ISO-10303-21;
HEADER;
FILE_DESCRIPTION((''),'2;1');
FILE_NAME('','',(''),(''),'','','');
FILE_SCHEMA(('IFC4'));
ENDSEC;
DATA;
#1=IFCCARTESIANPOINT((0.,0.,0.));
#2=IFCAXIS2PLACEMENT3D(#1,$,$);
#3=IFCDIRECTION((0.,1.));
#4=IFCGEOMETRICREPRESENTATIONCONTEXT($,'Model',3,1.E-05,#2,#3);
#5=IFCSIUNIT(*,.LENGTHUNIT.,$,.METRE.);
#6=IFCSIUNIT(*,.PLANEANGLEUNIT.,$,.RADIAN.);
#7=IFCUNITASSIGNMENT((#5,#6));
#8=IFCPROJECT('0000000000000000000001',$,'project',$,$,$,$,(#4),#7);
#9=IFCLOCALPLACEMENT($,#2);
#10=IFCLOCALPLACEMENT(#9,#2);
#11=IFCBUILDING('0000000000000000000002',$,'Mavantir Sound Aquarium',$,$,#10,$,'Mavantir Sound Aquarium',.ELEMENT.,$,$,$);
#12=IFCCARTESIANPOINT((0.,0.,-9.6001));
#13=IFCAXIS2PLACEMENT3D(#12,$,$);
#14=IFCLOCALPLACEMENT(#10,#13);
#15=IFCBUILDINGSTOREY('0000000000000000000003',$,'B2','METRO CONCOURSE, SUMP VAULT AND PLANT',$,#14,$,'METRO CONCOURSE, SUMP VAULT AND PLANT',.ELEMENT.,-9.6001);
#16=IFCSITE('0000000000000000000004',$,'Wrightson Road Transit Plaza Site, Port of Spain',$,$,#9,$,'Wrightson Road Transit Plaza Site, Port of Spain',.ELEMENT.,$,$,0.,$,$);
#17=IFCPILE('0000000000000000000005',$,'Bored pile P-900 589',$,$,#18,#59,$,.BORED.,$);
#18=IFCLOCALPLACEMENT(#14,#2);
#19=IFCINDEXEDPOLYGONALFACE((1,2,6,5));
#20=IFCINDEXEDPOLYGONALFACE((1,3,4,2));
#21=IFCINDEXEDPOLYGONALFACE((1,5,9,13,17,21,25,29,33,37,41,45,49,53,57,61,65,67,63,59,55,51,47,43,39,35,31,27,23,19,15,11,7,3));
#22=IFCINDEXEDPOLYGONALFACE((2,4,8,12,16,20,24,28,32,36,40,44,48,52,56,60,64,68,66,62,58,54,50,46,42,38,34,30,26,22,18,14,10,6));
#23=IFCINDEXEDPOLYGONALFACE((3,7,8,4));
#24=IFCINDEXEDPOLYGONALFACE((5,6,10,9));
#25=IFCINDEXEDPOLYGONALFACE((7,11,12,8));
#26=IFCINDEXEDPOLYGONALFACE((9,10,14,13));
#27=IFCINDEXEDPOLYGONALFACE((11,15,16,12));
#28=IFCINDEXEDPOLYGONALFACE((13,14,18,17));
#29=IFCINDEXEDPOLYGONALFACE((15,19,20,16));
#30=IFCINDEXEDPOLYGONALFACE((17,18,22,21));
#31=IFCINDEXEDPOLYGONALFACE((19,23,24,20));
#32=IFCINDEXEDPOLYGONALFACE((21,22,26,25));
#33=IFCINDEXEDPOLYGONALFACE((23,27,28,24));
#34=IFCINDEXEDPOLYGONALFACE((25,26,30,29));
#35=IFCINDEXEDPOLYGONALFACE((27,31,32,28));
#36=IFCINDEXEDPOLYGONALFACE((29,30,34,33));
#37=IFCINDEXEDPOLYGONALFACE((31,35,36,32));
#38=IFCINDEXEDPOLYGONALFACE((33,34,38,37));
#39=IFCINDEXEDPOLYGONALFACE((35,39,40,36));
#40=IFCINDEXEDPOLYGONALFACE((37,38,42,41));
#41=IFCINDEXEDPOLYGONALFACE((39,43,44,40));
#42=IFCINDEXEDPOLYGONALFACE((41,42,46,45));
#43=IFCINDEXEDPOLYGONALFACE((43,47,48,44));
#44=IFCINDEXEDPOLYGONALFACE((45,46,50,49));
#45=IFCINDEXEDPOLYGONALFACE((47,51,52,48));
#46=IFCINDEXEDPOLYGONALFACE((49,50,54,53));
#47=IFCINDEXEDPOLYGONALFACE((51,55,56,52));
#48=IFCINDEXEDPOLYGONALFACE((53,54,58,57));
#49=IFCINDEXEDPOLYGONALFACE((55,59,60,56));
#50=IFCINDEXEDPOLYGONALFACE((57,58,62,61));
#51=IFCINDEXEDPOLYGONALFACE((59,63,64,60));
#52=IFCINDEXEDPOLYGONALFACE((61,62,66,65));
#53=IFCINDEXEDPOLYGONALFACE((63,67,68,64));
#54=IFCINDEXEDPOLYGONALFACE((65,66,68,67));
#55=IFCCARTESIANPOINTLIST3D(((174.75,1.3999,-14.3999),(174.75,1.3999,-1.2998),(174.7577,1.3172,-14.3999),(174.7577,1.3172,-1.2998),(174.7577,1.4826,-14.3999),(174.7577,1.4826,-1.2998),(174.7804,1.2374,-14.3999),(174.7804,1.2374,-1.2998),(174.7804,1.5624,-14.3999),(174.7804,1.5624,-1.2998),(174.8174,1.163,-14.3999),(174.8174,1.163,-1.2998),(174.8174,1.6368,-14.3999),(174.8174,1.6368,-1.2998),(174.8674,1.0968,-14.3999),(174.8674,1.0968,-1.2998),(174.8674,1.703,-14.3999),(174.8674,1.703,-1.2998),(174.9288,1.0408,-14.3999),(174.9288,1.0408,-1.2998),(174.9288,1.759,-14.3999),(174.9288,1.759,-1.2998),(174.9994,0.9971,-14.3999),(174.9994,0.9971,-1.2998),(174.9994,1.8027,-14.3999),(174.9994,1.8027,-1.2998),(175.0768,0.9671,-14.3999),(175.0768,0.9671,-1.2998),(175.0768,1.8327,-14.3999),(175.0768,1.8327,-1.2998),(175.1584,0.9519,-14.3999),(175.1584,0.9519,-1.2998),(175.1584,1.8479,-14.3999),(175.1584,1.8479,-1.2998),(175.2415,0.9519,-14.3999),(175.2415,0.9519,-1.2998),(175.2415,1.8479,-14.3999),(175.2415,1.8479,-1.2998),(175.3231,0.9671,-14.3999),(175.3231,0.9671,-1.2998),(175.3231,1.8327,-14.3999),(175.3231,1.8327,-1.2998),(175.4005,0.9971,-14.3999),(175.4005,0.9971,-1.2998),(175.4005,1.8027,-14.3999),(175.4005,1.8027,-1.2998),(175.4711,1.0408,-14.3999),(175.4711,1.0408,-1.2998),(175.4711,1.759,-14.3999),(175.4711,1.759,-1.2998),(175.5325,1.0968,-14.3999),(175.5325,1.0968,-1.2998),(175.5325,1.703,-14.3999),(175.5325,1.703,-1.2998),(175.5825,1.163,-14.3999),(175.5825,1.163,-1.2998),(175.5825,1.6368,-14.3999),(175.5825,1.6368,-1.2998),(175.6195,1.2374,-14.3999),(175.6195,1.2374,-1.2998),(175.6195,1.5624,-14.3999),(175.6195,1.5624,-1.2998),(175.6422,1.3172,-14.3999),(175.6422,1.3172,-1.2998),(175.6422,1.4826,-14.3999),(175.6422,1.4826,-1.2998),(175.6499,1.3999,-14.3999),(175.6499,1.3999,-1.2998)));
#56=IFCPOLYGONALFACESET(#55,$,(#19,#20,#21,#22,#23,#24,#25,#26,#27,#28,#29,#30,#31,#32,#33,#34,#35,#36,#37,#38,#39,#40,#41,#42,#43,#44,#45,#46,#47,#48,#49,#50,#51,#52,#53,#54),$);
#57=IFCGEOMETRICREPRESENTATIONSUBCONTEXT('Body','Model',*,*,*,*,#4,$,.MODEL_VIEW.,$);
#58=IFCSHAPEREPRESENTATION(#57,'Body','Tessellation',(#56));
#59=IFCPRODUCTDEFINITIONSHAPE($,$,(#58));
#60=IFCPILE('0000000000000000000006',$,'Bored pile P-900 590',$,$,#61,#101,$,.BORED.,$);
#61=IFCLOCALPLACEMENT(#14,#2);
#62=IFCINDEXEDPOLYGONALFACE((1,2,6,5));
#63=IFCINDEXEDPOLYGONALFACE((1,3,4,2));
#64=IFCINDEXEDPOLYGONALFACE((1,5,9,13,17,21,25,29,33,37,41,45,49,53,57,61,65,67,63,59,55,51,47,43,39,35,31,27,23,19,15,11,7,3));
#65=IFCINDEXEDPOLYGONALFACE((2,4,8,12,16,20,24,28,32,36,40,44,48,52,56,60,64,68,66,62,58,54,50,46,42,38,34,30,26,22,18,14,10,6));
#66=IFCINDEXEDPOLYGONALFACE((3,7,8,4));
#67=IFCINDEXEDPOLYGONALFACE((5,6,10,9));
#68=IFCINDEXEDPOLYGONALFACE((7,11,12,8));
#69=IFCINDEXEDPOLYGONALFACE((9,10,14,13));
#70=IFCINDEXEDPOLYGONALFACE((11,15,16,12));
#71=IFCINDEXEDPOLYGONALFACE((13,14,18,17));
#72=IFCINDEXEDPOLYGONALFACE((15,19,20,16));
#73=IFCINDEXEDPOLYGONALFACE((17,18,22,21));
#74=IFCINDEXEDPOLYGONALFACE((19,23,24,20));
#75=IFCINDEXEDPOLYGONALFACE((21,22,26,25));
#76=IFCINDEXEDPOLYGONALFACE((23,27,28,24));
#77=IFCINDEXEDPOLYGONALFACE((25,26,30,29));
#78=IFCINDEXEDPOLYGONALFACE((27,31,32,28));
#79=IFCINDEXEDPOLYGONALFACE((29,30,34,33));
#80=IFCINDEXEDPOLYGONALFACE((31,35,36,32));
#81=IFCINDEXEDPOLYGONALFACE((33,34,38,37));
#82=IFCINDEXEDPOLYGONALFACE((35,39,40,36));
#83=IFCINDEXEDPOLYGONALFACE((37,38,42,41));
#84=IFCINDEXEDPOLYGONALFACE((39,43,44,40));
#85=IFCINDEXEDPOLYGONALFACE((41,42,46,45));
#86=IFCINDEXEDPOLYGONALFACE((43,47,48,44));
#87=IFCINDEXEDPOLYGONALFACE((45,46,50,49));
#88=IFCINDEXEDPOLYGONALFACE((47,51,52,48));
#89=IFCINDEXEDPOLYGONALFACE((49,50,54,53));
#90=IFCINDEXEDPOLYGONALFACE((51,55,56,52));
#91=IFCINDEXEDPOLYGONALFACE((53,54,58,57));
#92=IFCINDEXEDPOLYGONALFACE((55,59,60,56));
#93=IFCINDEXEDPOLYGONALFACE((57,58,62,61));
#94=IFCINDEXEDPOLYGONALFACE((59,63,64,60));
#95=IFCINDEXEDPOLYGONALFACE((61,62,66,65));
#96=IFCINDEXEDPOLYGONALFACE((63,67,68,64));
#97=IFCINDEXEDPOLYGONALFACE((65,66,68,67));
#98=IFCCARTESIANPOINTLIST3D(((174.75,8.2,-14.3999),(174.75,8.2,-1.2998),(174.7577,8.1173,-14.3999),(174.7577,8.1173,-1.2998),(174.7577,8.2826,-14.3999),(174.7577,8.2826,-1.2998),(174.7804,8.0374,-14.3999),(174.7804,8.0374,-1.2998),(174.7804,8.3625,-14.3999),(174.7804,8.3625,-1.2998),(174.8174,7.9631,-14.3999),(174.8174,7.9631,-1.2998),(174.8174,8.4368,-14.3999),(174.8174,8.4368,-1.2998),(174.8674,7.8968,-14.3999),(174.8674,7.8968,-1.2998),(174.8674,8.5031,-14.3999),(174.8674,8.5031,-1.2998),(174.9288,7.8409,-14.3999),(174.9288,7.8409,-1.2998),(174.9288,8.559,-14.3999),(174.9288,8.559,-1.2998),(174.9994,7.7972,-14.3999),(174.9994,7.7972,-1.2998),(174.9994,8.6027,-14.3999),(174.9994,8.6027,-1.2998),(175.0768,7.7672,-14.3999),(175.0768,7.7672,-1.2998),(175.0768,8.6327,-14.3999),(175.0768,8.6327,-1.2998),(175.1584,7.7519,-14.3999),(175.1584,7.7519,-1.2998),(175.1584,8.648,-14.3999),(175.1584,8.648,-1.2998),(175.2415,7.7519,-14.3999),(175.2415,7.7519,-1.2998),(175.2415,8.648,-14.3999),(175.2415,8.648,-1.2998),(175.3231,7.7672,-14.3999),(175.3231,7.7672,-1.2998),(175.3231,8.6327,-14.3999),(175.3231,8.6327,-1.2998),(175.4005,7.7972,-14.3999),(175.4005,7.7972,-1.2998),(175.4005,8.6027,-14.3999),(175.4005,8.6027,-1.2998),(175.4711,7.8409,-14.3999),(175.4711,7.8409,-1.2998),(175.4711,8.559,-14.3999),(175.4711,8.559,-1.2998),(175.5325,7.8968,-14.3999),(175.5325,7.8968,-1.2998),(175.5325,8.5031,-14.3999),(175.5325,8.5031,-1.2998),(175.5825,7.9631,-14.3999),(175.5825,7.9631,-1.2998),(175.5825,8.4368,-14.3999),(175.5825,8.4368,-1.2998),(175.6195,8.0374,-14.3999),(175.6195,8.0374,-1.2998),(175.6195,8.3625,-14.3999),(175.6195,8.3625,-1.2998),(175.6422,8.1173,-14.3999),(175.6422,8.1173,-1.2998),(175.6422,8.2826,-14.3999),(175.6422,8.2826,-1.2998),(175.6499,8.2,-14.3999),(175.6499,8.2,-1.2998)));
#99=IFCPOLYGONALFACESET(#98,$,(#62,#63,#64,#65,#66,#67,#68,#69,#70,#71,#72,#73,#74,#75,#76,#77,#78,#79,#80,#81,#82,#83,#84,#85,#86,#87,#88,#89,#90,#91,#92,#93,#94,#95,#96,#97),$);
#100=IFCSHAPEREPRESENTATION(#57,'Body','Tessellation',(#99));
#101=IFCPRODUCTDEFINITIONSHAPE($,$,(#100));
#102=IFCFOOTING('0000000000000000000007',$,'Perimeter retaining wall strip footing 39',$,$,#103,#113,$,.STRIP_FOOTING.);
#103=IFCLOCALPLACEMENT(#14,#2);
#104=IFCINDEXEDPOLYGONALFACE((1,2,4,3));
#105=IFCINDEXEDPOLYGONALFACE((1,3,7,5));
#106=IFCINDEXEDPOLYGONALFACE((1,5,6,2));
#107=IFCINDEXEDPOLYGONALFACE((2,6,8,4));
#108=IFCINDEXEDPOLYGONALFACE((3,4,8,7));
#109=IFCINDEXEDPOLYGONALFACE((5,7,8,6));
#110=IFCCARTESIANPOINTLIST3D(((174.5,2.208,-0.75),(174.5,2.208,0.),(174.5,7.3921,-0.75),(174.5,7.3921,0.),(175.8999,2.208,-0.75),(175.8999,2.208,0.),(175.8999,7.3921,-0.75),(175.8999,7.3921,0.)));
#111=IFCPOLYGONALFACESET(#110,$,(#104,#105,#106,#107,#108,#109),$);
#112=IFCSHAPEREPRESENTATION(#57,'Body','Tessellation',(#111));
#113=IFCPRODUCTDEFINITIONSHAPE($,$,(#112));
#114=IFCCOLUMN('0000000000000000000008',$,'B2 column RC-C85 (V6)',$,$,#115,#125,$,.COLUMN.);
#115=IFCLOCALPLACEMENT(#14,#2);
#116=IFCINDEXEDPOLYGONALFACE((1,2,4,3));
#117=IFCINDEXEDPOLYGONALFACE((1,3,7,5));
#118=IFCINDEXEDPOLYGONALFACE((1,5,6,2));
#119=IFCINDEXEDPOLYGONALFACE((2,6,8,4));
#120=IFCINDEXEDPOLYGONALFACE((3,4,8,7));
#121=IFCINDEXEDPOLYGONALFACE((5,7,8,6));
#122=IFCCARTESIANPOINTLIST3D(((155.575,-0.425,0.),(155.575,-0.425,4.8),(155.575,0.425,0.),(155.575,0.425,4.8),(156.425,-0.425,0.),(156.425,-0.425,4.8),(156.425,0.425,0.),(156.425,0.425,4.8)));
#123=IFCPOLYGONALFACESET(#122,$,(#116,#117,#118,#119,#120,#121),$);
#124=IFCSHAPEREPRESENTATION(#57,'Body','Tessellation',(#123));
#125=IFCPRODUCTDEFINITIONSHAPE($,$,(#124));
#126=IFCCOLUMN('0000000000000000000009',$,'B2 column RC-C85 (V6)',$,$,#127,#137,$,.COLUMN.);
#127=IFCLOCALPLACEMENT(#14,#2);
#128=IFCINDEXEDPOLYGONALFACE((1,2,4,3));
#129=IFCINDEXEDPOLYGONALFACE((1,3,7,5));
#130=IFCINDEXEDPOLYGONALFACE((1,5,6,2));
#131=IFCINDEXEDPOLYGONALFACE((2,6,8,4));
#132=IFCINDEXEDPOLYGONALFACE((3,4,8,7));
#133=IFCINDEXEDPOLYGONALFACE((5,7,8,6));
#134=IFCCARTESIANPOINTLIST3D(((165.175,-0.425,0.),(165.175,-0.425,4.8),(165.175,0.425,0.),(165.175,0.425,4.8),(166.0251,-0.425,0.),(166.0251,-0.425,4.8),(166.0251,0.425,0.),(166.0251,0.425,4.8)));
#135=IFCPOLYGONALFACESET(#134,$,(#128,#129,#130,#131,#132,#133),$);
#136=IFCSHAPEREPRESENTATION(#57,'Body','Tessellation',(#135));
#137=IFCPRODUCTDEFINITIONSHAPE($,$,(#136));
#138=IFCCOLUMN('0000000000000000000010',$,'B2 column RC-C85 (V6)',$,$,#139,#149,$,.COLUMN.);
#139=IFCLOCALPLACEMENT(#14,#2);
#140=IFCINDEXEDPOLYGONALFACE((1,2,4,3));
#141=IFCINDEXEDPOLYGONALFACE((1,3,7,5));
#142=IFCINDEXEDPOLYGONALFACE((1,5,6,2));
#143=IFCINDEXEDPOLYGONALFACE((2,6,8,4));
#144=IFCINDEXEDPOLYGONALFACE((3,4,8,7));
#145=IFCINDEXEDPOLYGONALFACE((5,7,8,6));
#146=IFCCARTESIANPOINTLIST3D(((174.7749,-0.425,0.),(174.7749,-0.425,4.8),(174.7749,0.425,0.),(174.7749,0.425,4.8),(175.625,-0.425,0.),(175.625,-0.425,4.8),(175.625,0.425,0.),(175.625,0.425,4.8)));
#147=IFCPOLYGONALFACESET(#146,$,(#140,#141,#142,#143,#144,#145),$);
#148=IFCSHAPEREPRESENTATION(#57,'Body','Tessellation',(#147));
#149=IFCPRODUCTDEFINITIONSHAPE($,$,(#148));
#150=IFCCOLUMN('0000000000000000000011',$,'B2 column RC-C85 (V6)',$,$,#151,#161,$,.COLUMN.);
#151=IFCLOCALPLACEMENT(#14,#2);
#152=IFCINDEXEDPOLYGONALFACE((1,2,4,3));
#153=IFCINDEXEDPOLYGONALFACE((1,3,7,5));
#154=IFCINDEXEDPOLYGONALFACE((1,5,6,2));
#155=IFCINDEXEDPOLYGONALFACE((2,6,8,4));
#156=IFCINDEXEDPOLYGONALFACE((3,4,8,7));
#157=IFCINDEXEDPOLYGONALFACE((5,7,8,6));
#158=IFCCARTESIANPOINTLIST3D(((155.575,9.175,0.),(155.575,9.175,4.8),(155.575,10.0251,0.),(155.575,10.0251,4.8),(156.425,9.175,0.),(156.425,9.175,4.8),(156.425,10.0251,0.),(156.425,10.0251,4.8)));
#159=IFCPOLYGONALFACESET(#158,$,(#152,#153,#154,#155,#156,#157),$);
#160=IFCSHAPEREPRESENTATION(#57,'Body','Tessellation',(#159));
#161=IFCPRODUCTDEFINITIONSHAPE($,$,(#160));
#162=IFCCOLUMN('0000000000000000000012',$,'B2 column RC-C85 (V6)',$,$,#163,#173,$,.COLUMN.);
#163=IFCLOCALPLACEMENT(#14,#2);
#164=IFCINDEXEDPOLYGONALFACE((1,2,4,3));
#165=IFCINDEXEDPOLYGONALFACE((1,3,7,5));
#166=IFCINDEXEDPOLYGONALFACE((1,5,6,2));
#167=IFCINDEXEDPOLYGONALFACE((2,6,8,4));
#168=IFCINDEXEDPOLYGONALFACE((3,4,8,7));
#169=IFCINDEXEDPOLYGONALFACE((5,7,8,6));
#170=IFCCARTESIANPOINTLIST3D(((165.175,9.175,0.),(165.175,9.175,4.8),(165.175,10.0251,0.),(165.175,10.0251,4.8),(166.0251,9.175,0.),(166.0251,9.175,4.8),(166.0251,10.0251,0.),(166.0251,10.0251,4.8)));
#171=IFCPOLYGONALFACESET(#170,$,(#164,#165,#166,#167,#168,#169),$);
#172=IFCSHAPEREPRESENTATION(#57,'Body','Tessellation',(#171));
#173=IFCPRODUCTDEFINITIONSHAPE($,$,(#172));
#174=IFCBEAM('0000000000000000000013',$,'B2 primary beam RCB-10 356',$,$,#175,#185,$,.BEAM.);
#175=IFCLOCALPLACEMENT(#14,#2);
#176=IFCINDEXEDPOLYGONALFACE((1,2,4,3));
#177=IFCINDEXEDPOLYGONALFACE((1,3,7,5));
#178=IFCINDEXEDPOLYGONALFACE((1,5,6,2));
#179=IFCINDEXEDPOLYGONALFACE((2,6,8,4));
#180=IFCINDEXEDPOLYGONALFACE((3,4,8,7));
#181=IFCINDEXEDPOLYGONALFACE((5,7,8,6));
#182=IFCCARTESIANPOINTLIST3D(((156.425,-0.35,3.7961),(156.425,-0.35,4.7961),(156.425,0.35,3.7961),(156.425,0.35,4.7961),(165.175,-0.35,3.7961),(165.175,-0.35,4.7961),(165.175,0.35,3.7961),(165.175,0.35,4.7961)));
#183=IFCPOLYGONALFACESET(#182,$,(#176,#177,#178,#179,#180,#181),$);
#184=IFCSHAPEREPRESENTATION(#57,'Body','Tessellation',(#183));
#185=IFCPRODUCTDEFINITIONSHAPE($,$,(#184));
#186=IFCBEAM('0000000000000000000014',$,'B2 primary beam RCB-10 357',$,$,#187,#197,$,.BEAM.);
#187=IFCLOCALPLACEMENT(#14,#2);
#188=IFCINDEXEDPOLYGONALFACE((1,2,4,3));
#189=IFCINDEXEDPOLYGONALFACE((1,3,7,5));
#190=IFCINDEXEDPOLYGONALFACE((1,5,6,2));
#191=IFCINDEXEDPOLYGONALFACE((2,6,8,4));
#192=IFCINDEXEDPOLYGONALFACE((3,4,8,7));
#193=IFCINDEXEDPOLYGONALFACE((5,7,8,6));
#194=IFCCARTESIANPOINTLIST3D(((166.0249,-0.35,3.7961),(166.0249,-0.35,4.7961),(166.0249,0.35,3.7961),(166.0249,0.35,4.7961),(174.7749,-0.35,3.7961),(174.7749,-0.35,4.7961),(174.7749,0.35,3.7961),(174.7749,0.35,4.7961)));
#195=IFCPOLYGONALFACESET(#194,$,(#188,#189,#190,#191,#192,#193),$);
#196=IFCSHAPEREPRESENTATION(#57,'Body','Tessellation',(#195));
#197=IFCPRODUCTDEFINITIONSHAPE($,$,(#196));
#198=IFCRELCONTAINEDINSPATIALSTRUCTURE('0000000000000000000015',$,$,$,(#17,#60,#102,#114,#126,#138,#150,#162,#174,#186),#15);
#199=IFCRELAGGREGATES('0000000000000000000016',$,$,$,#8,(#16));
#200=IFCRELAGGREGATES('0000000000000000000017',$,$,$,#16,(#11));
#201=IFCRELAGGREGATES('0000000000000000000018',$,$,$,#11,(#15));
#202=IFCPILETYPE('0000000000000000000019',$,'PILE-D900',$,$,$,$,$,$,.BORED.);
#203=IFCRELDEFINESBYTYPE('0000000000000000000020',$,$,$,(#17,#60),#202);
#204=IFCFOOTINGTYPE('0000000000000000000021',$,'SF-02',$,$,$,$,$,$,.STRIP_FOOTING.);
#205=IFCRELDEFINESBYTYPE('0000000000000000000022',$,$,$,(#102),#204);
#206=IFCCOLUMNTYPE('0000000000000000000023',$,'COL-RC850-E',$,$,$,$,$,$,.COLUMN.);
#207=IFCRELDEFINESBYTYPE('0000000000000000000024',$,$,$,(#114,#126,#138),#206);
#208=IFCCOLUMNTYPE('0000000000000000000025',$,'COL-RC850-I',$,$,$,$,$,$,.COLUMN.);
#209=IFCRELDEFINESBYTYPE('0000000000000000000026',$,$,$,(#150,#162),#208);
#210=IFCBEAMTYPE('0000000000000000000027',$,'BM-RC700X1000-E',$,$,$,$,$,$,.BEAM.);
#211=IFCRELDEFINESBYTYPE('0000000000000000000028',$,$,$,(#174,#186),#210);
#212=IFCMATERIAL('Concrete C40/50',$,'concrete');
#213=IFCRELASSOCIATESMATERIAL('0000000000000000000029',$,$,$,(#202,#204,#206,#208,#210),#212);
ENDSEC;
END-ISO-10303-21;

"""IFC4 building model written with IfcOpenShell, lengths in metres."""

from ifc_helpers import new_model, si_unit, direction, frame, origin, origin_2d, place, context, subcontext, project, spatial, rectangle, circle, extrude, material, material_profile, profile_set, type_object, element, save


model = new_model("IFC4")

# Units and contexts
model_context = context("Model", 3, precision=1e-05, world=origin(), true_north=direction((0.0, 1.0)))
body_context = subcontext(model_context, "Body", "Model", "MODEL_VIEW")
ifc_project = project(units=[si_unit("LENGTHUNIT", "METRE"), si_unit("PLANEANGLEUNIT", "RADIAN")], contexts=[model_context])

# Site, building, storey
site_placement = place(None, origin())
site = spatial("IfcSite", under=ifc_project, at=site_placement, Name="Wrightson Road Transit Plaza Site, Port of Spain", LongName="Wrightson Road Transit Plaza Site, Port of Spain", CompositionType="ELEMENT", RefElevation=0.0)
building_placement = place(site_placement, origin())
building = spatial("IfcBuilding", under=site, at=building_placement, Name="Mavantir Sound Aquarium", LongName="Mavantir Sound Aquarium", CompositionType="ELEMENT")
storey_placement = place(building_placement, frame((0.0, 0.0, -9.6001)))
storey = spatial("IfcBuildingStorey", under=building, at=storey_placement, Name="B2", Description="METRO CONCOURSE, SUMP VAULT AND PLANT", LongName="METRO CONCOURSE, SUMP VAULT AND PLANT", CompositionType="ELEMENT", Elevation=-9.6001)

# Shared definitions
ifc_material_1 = material(Name="Concrete C40/50", Category="concrete")

# Piles
ifc_material_profile_1 = material_profile(ifc_material_1, circle(Radius=0.45, at=origin_2d()), Name="PILE D900")
ifc_profile_set_1 = profile_set([ifc_material_profile_1], Name="Concrete C40/50")
pile_type = type_object("IfcPileType", Name="PILE-D900", PredefinedType="BORED", material=ifc_profile_set_1)
for number, where, z_axis, x_axis, name in (
    (1, (175.2, 1.3999, -1.2998), (0.0, 0.0, -1.0), (1.0, 0.0, 0.0), "Bored pile P-900 589"),
    (2, (175.2, 8.2, -1.2998), (0.0, 0.0, -1.0), (1.0, 0.0, 0.0), "Bored pile P-900 590"),
):
    element("IfcPile", number, at=place(storey_placement, frame(where, z_axis=z_axis, x_axis=x_axis)), inside=storey, type_object=pile_type, Name=name, PredefinedType="BORED", context=body_context, shape_type="SweptSolid", body=[
        extrude(circle(Radius=0.45, at=origin_2d()), origin(), (0.0, 0.0, 1.0), 13.1001),
    ])

# Footing
ifc_material_profile_2 = material_profile(ifc_material_1, rectangle(XDim=1.3999, YDim=0.75, at=origin_2d()), Name="RC 1400X750")
ifc_profile_set_2 = profile_set([ifc_material_profile_2], Name="Concrete C40/50")
footing_type_1 = type_object("IfcFootingType", Name="SF-02", PredefinedType="STRIP_FOOTING", material=ifc_profile_set_2)
footing_1_placement = place(storey_placement, frame((175.2, 7.3921, -0.375), z_axis=(0.0, -1.0, 0.0), x_axis=(1.0, 0.0, 0.0)))
element("IfcFooting", 3, at=footing_1_placement, inside=storey, type_object=footing_type_1, Name="Perimeter retaining wall strip footing 39", PredefinedType="STRIP_FOOTING", context=body_context, shape_type="SweptSolid", body=[
    extrude(rectangle(XDim=1.3999, YDim=0.75, at=origin_2d()), origin(), (0.0, 0.0, 1.0), 5.1841),
])

# Columns
ifc_material_profile_3 = material_profile(ifc_material_1, rectangle(XDim=0.8501, YDim=0.8501, at=origin_2d()), Name="RC 850X850")
ifc_profile_set_3 = profile_set([ifc_material_profile_3], Name="Concrete C40/50")
column_type_1 = type_object("IfcColumnType", Name="COL-RC850-E", PredefinedType="COLUMN", material=ifc_profile_set_3)
for number, where, z_axis, x_axis, name in (
    (4, (156.0, 0.0, 0.0), (0.0, 0.0, 1.0), (1.0, 0.0, 0.0), "B2 column RC-C85 (V6)"),
    (5, (165.6001, 0.0, 0.0), (0.0, 0.0, 1.0), (1.0, 0.0, 0.0), "B2 column RC-C85 (V6)"),
    (6, (175.2, 0.0, 0.0), (0.0, 0.0, 1.0), (1.0, 0.0, 0.0), "B2 column RC-C85 (V6)"),
):
    element("IfcColumn", number, at=place(storey_placement, frame(where, z_axis=z_axis, x_axis=x_axis)), inside=storey, type_object=column_type_1, Name=name, PredefinedType="COLUMN", context=body_context, shape_type="SweptSolid", body=[
        extrude(rectangle(XDim=0.8501, YDim=0.8501, at=origin_2d()), origin(), (0.0, 0.0, 1.0), 4.8),
    ])
ifc_material_profile_4 = material_profile(ifc_material_1, rectangle(XDim=0.8501, YDim=0.8501, at=origin_2d()), Name="RC 850X850")
ifc_profile_set_4 = profile_set([ifc_material_profile_4], Name="Concrete C40/50")
column_type_2 = type_object("IfcColumnType", Name="COL-RC850-I", PredefinedType="COLUMN", material=ifc_profile_set_4)
for number, where, z_axis, x_axis, name in (
    (7, (156.0, 9.6001, 0.0), (0.0, 0.0, 1.0), (1.0, 0.0, 0.0), "B2 column RC-C85 (V6)"),
    (8, (165.6001, 9.6001, 0.0), (0.0, 0.0, 1.0), (1.0, 0.0, 0.0), "B2 column RC-C85 (V6)"),
):
    element("IfcColumn", number, at=place(storey_placement, frame(where, z_axis=z_axis, x_axis=x_axis)), inside=storey, type_object=column_type_2, Name=name, PredefinedType="COLUMN", context=body_context, shape_type="SweptSolid", body=[
        extrude(rectangle(XDim=0.8501, YDim=0.8501, at=origin_2d()), origin(), (0.0, 0.0, 1.0), 4.8),
    ])

# Beams
ifc_material_profile_5 = material_profile(ifc_material_1, rectangle(XDim=0.7, YDim=1.0, at=origin_2d()), Name="RC 700X1000")
ifc_profile_set_5 = profile_set([ifc_material_profile_5], Name="Concrete C40/50")
beam_type_1 = type_object("IfcBeamType", Name="BM-RC700X1000-E", PredefinedType="BEAM", material=ifc_profile_set_5)
for number, where, z_axis, x_axis, name in (
    (9, (156.425, 0.0, 4.2961), (1.0, 0.0, 0.0), (0.0, 1.0, 0.0), "B2 primary beam RCB-10 356"),
    (10, (166.0249, 0.0, 4.2961), (1.0, 0.0, 0.0), (0.0, 1.0, 0.0), "B2 primary beam RCB-10 357"),
):
    element("IfcBeam", number, at=place(storey_placement, frame(where, z_axis=z_axis, x_axis=x_axis)), inside=storey, type_object=beam_type_1, Name=name, PredefinedType="BEAM", context=body_context, shape_type="SweptSolid", body=[
        extrude(rectangle(XDim=0.7, YDim=1.0, at=origin_2d()), origin(), (0.0, 0.0, 1.0), 8.75),
    ])

save(model, "model.ifc")
